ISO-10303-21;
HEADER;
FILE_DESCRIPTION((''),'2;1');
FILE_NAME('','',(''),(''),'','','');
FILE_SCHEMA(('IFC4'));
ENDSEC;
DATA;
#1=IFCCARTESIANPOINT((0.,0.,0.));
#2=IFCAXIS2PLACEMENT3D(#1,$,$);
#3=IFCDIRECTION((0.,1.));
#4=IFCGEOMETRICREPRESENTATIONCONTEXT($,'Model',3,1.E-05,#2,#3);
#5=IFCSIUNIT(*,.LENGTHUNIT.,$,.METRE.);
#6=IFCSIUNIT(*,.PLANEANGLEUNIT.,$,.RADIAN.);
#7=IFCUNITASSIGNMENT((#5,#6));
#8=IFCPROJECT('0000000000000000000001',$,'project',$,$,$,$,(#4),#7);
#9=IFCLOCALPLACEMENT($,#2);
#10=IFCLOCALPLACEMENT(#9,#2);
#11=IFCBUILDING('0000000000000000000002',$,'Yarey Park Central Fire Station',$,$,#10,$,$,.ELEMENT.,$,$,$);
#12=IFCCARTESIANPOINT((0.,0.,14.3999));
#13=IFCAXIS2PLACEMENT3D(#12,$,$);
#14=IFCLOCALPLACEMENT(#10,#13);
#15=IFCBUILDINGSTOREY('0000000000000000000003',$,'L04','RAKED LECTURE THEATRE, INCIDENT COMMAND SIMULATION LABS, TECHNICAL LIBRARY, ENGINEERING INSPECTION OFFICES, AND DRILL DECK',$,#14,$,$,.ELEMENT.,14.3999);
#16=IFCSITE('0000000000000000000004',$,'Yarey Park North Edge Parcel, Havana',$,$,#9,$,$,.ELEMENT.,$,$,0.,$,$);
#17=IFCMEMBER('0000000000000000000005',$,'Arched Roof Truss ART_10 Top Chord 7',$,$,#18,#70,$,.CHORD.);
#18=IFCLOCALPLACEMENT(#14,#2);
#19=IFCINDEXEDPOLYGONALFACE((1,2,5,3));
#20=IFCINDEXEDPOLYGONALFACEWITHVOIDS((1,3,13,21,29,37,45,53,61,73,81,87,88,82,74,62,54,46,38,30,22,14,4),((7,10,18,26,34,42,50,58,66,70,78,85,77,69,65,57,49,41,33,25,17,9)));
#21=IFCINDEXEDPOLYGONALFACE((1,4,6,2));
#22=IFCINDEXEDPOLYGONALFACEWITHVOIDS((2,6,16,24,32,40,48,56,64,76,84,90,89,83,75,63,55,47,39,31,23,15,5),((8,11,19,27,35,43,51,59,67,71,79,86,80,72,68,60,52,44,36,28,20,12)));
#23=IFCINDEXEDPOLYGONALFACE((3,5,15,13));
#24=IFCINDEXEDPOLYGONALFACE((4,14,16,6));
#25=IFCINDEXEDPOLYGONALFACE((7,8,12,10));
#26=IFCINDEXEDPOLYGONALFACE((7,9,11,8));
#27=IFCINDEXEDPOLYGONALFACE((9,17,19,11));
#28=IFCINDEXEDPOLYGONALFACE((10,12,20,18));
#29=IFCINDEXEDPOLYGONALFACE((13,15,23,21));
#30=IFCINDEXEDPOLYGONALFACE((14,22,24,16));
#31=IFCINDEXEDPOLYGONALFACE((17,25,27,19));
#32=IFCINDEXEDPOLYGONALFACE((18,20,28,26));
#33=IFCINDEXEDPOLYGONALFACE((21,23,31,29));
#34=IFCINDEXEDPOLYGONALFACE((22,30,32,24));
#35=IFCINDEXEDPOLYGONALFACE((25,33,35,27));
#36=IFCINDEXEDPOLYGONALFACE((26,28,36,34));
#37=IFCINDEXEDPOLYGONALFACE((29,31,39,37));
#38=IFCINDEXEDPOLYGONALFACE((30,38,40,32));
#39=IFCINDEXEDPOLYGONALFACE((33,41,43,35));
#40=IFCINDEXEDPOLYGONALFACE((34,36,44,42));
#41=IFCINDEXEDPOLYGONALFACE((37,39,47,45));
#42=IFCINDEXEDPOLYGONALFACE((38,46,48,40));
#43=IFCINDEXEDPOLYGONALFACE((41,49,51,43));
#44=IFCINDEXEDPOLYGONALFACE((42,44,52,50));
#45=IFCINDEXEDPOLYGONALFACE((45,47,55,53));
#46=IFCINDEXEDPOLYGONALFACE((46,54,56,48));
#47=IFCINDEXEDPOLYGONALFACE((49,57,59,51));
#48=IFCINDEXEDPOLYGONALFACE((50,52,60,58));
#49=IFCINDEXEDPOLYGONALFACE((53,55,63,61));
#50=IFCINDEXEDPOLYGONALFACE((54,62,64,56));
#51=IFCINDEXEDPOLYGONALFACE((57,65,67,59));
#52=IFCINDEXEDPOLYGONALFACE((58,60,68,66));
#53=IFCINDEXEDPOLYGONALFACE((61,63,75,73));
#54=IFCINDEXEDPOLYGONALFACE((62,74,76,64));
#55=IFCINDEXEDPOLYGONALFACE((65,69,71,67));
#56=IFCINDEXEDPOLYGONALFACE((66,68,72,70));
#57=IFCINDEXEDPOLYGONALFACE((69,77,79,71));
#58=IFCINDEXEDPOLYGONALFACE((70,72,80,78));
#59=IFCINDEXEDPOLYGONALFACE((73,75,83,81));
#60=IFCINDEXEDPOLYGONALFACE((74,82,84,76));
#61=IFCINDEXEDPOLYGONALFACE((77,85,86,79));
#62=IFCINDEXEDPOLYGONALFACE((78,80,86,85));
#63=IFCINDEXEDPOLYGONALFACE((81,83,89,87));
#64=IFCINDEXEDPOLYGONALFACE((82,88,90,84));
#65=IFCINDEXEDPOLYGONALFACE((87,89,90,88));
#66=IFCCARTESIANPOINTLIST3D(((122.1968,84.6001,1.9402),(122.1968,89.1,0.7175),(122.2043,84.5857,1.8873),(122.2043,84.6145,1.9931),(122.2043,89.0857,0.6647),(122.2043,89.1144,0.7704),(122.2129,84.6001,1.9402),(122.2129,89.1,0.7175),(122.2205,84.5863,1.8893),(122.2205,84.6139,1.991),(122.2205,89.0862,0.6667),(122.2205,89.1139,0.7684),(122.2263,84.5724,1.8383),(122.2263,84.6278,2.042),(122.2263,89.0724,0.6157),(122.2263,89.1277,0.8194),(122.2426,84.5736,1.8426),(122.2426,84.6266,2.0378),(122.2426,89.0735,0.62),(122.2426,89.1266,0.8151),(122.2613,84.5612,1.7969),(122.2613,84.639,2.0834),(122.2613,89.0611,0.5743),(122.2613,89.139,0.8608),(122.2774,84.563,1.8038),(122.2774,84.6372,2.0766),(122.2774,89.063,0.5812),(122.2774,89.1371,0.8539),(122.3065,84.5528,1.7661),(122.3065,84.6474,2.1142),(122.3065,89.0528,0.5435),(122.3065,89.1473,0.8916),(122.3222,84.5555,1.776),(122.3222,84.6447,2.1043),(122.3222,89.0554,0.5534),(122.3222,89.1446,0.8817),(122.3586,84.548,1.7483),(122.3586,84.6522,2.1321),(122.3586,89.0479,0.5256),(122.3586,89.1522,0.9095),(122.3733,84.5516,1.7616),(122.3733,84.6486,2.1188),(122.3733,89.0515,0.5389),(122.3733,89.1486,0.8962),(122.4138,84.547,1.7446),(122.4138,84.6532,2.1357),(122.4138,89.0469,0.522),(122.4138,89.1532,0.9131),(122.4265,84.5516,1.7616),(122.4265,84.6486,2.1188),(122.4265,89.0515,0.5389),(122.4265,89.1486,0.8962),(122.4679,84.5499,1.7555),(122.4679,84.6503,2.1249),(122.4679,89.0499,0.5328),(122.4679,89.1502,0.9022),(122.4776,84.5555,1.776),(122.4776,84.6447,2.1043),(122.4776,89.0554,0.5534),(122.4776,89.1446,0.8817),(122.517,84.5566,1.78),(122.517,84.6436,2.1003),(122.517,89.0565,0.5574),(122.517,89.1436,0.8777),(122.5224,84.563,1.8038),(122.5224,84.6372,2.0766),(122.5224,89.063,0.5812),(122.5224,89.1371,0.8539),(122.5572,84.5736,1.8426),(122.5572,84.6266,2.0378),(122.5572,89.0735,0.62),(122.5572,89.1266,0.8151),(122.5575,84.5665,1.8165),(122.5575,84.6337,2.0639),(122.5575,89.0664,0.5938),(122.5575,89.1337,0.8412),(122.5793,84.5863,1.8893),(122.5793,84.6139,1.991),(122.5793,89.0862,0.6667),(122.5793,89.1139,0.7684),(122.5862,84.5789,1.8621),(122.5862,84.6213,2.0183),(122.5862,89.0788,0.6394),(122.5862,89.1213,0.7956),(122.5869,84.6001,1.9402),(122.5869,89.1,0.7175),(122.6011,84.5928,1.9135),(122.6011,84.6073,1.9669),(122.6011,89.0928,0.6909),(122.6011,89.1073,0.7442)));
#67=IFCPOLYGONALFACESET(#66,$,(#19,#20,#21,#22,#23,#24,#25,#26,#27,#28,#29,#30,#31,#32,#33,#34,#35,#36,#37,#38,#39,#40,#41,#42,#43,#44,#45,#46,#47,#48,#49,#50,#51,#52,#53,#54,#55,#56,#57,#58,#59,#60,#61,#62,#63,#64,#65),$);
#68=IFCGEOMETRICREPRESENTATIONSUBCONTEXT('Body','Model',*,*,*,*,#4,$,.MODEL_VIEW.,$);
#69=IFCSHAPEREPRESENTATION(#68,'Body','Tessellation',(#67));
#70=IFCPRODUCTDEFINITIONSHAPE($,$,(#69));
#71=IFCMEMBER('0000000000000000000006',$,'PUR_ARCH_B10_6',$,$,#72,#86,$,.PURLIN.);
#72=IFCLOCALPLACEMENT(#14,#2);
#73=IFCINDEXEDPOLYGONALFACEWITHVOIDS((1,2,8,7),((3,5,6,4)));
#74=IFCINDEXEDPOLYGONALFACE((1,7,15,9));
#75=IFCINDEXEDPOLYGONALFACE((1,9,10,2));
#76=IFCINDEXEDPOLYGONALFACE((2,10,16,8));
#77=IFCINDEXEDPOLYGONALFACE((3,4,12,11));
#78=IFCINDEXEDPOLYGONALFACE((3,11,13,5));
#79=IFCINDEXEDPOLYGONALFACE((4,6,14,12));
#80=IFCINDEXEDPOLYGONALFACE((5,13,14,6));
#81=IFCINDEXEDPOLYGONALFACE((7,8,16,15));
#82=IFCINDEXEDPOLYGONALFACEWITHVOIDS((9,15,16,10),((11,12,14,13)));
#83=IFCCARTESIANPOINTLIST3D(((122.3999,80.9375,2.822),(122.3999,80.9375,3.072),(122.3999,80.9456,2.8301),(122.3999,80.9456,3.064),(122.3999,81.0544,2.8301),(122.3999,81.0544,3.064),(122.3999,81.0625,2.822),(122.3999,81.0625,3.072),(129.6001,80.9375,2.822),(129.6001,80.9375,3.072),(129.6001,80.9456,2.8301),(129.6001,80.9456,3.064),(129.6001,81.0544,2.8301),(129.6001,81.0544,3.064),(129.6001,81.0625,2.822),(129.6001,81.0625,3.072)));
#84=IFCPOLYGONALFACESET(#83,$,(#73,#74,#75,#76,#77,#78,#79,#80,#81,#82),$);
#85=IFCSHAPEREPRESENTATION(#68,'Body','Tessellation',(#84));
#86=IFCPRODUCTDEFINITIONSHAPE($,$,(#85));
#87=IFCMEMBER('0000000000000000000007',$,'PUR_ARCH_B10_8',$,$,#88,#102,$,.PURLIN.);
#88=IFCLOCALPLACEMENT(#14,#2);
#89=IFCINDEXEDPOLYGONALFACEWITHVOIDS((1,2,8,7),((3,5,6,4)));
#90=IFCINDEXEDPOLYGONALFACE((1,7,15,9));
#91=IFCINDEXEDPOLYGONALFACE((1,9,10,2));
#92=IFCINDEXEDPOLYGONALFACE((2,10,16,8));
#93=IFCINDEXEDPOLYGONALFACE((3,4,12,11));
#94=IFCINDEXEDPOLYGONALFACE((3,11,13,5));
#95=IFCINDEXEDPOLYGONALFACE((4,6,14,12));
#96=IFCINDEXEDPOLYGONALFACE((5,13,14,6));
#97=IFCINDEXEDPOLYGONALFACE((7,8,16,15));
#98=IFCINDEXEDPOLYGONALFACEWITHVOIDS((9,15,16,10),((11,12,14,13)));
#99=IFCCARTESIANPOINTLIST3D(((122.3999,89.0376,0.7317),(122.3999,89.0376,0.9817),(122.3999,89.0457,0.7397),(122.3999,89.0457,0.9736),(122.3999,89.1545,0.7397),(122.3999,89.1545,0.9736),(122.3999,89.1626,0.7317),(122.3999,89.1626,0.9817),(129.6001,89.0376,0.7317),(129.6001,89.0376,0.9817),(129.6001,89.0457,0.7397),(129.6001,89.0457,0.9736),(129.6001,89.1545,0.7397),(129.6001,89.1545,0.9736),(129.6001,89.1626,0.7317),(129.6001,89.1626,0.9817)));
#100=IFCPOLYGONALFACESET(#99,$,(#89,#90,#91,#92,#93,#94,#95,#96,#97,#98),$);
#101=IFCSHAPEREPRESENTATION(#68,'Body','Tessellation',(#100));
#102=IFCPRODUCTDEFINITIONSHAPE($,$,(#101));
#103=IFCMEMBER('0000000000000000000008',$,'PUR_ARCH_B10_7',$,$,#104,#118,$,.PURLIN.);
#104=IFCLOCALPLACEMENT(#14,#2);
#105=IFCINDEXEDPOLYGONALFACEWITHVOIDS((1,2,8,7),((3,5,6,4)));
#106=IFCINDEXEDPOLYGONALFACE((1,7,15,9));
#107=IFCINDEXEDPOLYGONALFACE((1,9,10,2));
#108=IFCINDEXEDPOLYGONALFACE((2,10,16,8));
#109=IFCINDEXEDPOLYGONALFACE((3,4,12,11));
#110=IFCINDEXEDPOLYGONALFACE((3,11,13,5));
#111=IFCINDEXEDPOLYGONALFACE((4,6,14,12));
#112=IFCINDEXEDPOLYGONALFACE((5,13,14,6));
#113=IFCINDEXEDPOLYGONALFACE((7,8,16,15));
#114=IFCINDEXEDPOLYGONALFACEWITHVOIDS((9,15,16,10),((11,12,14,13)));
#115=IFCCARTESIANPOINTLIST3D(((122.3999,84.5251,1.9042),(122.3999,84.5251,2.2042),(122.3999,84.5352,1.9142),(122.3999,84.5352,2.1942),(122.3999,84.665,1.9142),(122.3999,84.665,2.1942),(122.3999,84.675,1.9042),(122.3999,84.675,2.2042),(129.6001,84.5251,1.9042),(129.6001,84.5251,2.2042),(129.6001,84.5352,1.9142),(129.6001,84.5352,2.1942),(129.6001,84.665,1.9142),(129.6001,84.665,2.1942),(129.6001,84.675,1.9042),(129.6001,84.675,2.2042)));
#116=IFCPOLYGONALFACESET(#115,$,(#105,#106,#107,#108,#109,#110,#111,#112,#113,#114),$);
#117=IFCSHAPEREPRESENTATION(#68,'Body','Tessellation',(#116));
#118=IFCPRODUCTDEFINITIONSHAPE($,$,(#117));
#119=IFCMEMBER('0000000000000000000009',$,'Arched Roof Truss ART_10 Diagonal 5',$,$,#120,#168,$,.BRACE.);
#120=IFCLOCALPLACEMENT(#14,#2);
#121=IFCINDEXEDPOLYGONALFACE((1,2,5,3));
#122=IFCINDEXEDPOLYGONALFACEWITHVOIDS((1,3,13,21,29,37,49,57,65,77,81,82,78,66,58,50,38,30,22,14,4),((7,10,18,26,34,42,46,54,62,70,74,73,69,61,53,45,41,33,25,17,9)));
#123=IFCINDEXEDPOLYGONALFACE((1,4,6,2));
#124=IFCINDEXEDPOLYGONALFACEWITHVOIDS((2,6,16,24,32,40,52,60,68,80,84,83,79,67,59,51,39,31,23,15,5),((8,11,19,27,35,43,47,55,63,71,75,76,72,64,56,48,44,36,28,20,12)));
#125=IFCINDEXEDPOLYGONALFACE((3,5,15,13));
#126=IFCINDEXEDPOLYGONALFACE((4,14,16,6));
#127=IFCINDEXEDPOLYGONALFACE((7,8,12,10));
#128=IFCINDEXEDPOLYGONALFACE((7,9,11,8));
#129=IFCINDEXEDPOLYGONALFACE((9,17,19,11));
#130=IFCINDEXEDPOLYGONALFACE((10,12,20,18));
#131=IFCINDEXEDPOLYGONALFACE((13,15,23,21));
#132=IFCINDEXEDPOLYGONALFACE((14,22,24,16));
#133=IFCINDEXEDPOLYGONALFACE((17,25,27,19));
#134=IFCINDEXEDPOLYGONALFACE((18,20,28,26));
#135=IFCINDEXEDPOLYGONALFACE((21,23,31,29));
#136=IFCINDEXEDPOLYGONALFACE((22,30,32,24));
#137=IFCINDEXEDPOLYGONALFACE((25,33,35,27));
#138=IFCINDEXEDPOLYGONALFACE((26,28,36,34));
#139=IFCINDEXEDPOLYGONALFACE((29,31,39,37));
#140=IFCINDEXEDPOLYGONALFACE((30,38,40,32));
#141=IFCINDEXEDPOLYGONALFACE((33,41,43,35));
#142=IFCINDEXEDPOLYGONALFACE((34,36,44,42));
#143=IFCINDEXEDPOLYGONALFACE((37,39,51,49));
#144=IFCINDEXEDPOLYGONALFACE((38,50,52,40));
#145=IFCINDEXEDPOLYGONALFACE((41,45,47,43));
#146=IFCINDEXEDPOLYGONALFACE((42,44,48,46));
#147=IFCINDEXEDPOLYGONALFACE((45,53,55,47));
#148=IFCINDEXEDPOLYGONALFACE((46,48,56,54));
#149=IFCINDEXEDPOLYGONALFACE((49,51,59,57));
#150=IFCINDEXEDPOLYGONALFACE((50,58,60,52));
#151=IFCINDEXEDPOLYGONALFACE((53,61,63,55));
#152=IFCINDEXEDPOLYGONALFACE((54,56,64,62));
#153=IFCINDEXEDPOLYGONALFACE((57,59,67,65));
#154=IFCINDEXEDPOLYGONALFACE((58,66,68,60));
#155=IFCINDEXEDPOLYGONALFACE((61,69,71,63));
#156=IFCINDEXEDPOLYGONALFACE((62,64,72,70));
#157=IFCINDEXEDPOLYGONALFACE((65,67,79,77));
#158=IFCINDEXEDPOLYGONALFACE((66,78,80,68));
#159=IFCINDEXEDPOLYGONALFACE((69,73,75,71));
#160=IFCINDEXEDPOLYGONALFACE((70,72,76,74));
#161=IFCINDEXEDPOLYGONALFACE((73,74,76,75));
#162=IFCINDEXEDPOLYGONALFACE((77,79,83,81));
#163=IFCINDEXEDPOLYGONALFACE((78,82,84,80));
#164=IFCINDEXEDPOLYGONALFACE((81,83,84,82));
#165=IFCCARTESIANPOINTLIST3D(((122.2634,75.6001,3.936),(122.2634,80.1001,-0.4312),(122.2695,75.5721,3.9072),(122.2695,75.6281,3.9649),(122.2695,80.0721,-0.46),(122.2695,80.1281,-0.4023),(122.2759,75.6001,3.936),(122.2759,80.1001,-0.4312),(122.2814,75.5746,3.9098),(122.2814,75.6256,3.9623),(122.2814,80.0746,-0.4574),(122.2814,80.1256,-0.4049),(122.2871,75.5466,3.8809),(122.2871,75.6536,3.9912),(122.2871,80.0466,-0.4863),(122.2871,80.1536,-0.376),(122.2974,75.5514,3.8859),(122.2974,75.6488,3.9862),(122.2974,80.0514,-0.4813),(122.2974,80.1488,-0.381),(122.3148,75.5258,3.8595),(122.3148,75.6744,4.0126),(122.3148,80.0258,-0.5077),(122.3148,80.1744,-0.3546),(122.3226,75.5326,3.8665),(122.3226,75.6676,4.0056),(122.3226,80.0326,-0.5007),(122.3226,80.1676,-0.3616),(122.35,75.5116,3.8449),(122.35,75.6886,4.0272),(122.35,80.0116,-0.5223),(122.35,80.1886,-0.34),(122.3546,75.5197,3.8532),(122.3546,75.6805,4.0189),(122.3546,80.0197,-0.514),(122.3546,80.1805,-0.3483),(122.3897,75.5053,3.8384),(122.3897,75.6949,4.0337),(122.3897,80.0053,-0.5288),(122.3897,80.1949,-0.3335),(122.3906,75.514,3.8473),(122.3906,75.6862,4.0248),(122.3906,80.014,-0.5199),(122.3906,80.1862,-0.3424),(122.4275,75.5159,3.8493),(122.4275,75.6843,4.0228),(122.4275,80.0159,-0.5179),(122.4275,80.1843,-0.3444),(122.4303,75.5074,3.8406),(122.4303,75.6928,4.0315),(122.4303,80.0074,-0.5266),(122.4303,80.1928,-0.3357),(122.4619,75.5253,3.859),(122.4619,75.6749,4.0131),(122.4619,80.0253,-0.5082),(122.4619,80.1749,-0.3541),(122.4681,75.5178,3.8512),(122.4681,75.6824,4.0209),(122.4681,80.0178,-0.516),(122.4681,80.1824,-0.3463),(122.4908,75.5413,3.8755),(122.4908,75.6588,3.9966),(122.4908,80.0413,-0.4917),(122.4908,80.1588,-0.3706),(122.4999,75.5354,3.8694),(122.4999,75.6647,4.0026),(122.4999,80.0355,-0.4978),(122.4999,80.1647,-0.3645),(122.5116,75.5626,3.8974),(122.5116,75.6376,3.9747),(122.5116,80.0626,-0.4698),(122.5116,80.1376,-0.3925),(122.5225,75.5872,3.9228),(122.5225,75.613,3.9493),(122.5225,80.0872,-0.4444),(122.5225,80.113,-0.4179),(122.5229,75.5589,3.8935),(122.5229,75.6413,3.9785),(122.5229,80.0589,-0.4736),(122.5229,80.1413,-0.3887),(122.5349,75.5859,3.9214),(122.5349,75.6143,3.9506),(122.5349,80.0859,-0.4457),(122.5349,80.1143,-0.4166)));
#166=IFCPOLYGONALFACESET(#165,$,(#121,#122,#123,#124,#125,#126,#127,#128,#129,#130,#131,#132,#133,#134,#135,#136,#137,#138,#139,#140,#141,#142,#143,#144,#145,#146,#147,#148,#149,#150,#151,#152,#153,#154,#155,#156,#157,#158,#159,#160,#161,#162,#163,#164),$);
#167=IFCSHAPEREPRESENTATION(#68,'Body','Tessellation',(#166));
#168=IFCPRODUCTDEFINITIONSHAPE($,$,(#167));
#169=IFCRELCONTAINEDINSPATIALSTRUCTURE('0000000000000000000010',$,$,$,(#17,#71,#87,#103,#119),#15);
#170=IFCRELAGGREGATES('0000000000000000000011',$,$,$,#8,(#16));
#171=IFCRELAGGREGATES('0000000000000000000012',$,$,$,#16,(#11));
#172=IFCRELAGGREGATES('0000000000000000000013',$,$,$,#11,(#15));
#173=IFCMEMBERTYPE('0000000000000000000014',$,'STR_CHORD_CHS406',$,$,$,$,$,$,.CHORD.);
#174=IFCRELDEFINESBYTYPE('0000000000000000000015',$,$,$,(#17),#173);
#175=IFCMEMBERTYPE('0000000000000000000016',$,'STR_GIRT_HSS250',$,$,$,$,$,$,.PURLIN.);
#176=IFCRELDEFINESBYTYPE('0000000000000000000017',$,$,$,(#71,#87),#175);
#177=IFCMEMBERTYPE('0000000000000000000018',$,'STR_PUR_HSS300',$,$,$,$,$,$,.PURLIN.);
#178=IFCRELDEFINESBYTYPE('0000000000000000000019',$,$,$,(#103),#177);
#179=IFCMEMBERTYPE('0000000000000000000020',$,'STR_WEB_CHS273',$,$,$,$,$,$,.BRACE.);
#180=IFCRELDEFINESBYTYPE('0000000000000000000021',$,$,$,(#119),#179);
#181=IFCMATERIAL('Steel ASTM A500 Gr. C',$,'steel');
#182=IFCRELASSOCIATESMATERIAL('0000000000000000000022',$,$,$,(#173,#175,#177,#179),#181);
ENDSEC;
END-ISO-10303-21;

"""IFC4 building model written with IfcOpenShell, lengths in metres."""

from ifc_helpers import new_model, si_unit, direction, frame, origin, origin_2d, place, context, subcontext, project, spatial, hollow_rectangle, hollow_circle, extrude, material, material_profile, profile_set, type_object, element, save


model = new_model("IFC4")

# Units and contexts
model_context = context("Model", 3, precision=1e-05, world=origin(), true_north=direction((0.0, 1.0)))
body_context = subcontext(model_context, "Body", "Model", "MODEL_VIEW")
ifc_project = project(units=[si_unit("LENGTHUNIT", "METRE"), si_unit("PLANEANGLEUNIT", "RADIAN")], contexts=[model_context])

# Site, building, storey
site_placement = place(None, origin())
site = spatial("IfcSite", under=ifc_project, at=site_placement, Name="Yarey Park North Edge Parcel, Havana", CompositionType="ELEMENT", RefElevation=0.0)
building_placement = place(site_placement, origin())
building = spatial("IfcBuilding", under=site, at=building_placement, Name="Yarey Park Central Fire Station", CompositionType="ELEMENT")
storey_placement = place(building_placement, frame((0.0, 0.0, 14.3999)))
storey = spatial("IfcBuildingStorey", under=building, at=storey_placement, Name="L04", Description="RAKED LECTURE THEATRE, INCIDENT COMMAND SIMULATION LABS, TECHNICAL LIBRARY, ENGINEERING INSPECTION OFFICES, AND DRILL DECK", CompositionType="ELEMENT", Elevation=14.3999)

# Members
ifc_material_1 = material(Name="Steel ASTM A500 Gr. C", Category="steel")
ifc_material_profile_1 = material_profile(ifc_material_1, hollow_circle(Radius=0.2031, WallThickness=0.0161, at=origin_2d()), Name="CHS 406.4x16")
ifc_profile_set_1 = profile_set([ifc_material_profile_1], Name="Steel ASTM A500 Gr. C")
member_type_1 = type_object("IfcMemberType", Name="STR_CHORD_CHS406", PredefinedType="CHORD", material=ifc_profile_set_1)
member_1_placement = place(storey_placement, frame((122.3999, 84.6001, 1.9402), z_axis=(0.0, 0.965015, -0.262196), x_axis=(-1.0, 0.0, 0.0)))
element("IfcMember", 1, at=member_1_placement, inside=storey, type_object=member_type_1, Name="Arched Roof Truss ART_10 Top Chord 7", PredefinedType="CHORD", context=body_context, shape_type="SweptSolid", body=[
    extrude(hollow_circle(Radius=0.2031, WallThickness=0.0161, at=origin_2d()), origin(), (0.0, 0.0, 1.0), 4.6631),
])
ifc_material_profile_2 = material_profile(ifc_material_1, hollow_rectangle(XDim=0.125, YDim=0.25, WallThickness=0.0081, at=origin_2d()), Name="HSS 250x125x8")
ifc_profile_set_2 = profile_set([ifc_material_profile_2], Name="Steel ASTM A500 Gr. C")
member_type_2 = type_object("IfcMemberType", Name="STR_GIRT_HSS250", PredefinedType="PURLIN", material=ifc_profile_set_2)
for number, where, z_axis, x_axis, name in (
    (2, (122.3999, 81.0, 2.947), (1.0, 0.0, 0.0), (0.0, 1.0, 0.0), "PUR_ARCH_B10_6"),
    (3, (122.3999, 89.1001, 0.8567), (1.0, 0.0, 0.0), (0.0, 1.0, 0.0), "PUR_ARCH_B10_8"),
):
    element("IfcMember", number, at=place(storey_placement, frame(where, z_axis=z_axis, x_axis=x_axis)), inside=storey, type_object=member_type_2, Name=name, PredefinedType="PURLIN", context=body_context, shape_type="SweptSolid", body=[
        extrude(hollow_rectangle(XDim=0.125, YDim=0.25, WallThickness=0.0081, at=origin_2d()), origin(), (0.0, 0.0, 1.0), 7.2002),
    ])
ifc_material_profile_3 = material_profile(ifc_material_1, hollow_rectangle(XDim=0.1499, YDim=0.3, WallThickness=0.01, at=origin_2d()), Name="HSS 300x150x10")
ifc_profile_set_3 = profile_set([ifc_material_profile_3], Name="Steel ASTM A500 Gr. C")
member_type_3 = type_object("IfcMemberType", Name="STR_PUR_HSS300", PredefinedType="PURLIN", material=ifc_profile_set_3)
member_2_placement = place(storey_placement, frame((122.3999, 84.6001, 2.0542), z_axis=(1.0, 0.0, 0.0), x_axis=(0.0, 1.0, 0.0)))
element("IfcMember", 4, at=member_2_placement, inside=storey, type_object=member_type_3, Name="PUR_ARCH_B10_7", PredefinedType="PURLIN", context=body_context, shape_type="SweptSolid", body=[
    extrude(hollow_rectangle(XDim=0.1499, YDim=0.3, WallThickness=0.01, at=origin_2d()), origin(), (0.0, 0.0, 1.0), 7.2002),
])
ifc_material_profile_4 = material_profile(ifc_material_1, hollow_circle(Radius=0.1365, WallThickness=0.0125, at=origin_2d()), Name="CHS 273x12.5")
ifc_profile_set_4 = profile_set([ifc_material_profile_4], Name="Steel ASTM A500 Gr. C")
member_type_4 = type_object("IfcMemberType", Name="STR_WEB_CHS273", PredefinedType="BRACE", material=ifc_profile_set_4)
member_3_placement = place(storey_placement, frame((122.3999, 75.6001, 3.936), z_axis=(0.0, 0.717617, -0.696438), x_axis=(-1.0, 0.0, 0.0)))
element("IfcMember", 5, at=member_3_placement, inside=storey, type_object=member_type_4, Name="Arched Roof Truss ART_10 Diagonal 5", PredefinedType="BRACE", context=body_context, shape_type="SweptSolid", body=[
    extrude(hollow_circle(Radius=0.1365, WallThickness=0.0125, at=origin_2d()), origin(), (0.0, 0.0, 1.0), 6.2708),
])

save(model, "model.ifc")
